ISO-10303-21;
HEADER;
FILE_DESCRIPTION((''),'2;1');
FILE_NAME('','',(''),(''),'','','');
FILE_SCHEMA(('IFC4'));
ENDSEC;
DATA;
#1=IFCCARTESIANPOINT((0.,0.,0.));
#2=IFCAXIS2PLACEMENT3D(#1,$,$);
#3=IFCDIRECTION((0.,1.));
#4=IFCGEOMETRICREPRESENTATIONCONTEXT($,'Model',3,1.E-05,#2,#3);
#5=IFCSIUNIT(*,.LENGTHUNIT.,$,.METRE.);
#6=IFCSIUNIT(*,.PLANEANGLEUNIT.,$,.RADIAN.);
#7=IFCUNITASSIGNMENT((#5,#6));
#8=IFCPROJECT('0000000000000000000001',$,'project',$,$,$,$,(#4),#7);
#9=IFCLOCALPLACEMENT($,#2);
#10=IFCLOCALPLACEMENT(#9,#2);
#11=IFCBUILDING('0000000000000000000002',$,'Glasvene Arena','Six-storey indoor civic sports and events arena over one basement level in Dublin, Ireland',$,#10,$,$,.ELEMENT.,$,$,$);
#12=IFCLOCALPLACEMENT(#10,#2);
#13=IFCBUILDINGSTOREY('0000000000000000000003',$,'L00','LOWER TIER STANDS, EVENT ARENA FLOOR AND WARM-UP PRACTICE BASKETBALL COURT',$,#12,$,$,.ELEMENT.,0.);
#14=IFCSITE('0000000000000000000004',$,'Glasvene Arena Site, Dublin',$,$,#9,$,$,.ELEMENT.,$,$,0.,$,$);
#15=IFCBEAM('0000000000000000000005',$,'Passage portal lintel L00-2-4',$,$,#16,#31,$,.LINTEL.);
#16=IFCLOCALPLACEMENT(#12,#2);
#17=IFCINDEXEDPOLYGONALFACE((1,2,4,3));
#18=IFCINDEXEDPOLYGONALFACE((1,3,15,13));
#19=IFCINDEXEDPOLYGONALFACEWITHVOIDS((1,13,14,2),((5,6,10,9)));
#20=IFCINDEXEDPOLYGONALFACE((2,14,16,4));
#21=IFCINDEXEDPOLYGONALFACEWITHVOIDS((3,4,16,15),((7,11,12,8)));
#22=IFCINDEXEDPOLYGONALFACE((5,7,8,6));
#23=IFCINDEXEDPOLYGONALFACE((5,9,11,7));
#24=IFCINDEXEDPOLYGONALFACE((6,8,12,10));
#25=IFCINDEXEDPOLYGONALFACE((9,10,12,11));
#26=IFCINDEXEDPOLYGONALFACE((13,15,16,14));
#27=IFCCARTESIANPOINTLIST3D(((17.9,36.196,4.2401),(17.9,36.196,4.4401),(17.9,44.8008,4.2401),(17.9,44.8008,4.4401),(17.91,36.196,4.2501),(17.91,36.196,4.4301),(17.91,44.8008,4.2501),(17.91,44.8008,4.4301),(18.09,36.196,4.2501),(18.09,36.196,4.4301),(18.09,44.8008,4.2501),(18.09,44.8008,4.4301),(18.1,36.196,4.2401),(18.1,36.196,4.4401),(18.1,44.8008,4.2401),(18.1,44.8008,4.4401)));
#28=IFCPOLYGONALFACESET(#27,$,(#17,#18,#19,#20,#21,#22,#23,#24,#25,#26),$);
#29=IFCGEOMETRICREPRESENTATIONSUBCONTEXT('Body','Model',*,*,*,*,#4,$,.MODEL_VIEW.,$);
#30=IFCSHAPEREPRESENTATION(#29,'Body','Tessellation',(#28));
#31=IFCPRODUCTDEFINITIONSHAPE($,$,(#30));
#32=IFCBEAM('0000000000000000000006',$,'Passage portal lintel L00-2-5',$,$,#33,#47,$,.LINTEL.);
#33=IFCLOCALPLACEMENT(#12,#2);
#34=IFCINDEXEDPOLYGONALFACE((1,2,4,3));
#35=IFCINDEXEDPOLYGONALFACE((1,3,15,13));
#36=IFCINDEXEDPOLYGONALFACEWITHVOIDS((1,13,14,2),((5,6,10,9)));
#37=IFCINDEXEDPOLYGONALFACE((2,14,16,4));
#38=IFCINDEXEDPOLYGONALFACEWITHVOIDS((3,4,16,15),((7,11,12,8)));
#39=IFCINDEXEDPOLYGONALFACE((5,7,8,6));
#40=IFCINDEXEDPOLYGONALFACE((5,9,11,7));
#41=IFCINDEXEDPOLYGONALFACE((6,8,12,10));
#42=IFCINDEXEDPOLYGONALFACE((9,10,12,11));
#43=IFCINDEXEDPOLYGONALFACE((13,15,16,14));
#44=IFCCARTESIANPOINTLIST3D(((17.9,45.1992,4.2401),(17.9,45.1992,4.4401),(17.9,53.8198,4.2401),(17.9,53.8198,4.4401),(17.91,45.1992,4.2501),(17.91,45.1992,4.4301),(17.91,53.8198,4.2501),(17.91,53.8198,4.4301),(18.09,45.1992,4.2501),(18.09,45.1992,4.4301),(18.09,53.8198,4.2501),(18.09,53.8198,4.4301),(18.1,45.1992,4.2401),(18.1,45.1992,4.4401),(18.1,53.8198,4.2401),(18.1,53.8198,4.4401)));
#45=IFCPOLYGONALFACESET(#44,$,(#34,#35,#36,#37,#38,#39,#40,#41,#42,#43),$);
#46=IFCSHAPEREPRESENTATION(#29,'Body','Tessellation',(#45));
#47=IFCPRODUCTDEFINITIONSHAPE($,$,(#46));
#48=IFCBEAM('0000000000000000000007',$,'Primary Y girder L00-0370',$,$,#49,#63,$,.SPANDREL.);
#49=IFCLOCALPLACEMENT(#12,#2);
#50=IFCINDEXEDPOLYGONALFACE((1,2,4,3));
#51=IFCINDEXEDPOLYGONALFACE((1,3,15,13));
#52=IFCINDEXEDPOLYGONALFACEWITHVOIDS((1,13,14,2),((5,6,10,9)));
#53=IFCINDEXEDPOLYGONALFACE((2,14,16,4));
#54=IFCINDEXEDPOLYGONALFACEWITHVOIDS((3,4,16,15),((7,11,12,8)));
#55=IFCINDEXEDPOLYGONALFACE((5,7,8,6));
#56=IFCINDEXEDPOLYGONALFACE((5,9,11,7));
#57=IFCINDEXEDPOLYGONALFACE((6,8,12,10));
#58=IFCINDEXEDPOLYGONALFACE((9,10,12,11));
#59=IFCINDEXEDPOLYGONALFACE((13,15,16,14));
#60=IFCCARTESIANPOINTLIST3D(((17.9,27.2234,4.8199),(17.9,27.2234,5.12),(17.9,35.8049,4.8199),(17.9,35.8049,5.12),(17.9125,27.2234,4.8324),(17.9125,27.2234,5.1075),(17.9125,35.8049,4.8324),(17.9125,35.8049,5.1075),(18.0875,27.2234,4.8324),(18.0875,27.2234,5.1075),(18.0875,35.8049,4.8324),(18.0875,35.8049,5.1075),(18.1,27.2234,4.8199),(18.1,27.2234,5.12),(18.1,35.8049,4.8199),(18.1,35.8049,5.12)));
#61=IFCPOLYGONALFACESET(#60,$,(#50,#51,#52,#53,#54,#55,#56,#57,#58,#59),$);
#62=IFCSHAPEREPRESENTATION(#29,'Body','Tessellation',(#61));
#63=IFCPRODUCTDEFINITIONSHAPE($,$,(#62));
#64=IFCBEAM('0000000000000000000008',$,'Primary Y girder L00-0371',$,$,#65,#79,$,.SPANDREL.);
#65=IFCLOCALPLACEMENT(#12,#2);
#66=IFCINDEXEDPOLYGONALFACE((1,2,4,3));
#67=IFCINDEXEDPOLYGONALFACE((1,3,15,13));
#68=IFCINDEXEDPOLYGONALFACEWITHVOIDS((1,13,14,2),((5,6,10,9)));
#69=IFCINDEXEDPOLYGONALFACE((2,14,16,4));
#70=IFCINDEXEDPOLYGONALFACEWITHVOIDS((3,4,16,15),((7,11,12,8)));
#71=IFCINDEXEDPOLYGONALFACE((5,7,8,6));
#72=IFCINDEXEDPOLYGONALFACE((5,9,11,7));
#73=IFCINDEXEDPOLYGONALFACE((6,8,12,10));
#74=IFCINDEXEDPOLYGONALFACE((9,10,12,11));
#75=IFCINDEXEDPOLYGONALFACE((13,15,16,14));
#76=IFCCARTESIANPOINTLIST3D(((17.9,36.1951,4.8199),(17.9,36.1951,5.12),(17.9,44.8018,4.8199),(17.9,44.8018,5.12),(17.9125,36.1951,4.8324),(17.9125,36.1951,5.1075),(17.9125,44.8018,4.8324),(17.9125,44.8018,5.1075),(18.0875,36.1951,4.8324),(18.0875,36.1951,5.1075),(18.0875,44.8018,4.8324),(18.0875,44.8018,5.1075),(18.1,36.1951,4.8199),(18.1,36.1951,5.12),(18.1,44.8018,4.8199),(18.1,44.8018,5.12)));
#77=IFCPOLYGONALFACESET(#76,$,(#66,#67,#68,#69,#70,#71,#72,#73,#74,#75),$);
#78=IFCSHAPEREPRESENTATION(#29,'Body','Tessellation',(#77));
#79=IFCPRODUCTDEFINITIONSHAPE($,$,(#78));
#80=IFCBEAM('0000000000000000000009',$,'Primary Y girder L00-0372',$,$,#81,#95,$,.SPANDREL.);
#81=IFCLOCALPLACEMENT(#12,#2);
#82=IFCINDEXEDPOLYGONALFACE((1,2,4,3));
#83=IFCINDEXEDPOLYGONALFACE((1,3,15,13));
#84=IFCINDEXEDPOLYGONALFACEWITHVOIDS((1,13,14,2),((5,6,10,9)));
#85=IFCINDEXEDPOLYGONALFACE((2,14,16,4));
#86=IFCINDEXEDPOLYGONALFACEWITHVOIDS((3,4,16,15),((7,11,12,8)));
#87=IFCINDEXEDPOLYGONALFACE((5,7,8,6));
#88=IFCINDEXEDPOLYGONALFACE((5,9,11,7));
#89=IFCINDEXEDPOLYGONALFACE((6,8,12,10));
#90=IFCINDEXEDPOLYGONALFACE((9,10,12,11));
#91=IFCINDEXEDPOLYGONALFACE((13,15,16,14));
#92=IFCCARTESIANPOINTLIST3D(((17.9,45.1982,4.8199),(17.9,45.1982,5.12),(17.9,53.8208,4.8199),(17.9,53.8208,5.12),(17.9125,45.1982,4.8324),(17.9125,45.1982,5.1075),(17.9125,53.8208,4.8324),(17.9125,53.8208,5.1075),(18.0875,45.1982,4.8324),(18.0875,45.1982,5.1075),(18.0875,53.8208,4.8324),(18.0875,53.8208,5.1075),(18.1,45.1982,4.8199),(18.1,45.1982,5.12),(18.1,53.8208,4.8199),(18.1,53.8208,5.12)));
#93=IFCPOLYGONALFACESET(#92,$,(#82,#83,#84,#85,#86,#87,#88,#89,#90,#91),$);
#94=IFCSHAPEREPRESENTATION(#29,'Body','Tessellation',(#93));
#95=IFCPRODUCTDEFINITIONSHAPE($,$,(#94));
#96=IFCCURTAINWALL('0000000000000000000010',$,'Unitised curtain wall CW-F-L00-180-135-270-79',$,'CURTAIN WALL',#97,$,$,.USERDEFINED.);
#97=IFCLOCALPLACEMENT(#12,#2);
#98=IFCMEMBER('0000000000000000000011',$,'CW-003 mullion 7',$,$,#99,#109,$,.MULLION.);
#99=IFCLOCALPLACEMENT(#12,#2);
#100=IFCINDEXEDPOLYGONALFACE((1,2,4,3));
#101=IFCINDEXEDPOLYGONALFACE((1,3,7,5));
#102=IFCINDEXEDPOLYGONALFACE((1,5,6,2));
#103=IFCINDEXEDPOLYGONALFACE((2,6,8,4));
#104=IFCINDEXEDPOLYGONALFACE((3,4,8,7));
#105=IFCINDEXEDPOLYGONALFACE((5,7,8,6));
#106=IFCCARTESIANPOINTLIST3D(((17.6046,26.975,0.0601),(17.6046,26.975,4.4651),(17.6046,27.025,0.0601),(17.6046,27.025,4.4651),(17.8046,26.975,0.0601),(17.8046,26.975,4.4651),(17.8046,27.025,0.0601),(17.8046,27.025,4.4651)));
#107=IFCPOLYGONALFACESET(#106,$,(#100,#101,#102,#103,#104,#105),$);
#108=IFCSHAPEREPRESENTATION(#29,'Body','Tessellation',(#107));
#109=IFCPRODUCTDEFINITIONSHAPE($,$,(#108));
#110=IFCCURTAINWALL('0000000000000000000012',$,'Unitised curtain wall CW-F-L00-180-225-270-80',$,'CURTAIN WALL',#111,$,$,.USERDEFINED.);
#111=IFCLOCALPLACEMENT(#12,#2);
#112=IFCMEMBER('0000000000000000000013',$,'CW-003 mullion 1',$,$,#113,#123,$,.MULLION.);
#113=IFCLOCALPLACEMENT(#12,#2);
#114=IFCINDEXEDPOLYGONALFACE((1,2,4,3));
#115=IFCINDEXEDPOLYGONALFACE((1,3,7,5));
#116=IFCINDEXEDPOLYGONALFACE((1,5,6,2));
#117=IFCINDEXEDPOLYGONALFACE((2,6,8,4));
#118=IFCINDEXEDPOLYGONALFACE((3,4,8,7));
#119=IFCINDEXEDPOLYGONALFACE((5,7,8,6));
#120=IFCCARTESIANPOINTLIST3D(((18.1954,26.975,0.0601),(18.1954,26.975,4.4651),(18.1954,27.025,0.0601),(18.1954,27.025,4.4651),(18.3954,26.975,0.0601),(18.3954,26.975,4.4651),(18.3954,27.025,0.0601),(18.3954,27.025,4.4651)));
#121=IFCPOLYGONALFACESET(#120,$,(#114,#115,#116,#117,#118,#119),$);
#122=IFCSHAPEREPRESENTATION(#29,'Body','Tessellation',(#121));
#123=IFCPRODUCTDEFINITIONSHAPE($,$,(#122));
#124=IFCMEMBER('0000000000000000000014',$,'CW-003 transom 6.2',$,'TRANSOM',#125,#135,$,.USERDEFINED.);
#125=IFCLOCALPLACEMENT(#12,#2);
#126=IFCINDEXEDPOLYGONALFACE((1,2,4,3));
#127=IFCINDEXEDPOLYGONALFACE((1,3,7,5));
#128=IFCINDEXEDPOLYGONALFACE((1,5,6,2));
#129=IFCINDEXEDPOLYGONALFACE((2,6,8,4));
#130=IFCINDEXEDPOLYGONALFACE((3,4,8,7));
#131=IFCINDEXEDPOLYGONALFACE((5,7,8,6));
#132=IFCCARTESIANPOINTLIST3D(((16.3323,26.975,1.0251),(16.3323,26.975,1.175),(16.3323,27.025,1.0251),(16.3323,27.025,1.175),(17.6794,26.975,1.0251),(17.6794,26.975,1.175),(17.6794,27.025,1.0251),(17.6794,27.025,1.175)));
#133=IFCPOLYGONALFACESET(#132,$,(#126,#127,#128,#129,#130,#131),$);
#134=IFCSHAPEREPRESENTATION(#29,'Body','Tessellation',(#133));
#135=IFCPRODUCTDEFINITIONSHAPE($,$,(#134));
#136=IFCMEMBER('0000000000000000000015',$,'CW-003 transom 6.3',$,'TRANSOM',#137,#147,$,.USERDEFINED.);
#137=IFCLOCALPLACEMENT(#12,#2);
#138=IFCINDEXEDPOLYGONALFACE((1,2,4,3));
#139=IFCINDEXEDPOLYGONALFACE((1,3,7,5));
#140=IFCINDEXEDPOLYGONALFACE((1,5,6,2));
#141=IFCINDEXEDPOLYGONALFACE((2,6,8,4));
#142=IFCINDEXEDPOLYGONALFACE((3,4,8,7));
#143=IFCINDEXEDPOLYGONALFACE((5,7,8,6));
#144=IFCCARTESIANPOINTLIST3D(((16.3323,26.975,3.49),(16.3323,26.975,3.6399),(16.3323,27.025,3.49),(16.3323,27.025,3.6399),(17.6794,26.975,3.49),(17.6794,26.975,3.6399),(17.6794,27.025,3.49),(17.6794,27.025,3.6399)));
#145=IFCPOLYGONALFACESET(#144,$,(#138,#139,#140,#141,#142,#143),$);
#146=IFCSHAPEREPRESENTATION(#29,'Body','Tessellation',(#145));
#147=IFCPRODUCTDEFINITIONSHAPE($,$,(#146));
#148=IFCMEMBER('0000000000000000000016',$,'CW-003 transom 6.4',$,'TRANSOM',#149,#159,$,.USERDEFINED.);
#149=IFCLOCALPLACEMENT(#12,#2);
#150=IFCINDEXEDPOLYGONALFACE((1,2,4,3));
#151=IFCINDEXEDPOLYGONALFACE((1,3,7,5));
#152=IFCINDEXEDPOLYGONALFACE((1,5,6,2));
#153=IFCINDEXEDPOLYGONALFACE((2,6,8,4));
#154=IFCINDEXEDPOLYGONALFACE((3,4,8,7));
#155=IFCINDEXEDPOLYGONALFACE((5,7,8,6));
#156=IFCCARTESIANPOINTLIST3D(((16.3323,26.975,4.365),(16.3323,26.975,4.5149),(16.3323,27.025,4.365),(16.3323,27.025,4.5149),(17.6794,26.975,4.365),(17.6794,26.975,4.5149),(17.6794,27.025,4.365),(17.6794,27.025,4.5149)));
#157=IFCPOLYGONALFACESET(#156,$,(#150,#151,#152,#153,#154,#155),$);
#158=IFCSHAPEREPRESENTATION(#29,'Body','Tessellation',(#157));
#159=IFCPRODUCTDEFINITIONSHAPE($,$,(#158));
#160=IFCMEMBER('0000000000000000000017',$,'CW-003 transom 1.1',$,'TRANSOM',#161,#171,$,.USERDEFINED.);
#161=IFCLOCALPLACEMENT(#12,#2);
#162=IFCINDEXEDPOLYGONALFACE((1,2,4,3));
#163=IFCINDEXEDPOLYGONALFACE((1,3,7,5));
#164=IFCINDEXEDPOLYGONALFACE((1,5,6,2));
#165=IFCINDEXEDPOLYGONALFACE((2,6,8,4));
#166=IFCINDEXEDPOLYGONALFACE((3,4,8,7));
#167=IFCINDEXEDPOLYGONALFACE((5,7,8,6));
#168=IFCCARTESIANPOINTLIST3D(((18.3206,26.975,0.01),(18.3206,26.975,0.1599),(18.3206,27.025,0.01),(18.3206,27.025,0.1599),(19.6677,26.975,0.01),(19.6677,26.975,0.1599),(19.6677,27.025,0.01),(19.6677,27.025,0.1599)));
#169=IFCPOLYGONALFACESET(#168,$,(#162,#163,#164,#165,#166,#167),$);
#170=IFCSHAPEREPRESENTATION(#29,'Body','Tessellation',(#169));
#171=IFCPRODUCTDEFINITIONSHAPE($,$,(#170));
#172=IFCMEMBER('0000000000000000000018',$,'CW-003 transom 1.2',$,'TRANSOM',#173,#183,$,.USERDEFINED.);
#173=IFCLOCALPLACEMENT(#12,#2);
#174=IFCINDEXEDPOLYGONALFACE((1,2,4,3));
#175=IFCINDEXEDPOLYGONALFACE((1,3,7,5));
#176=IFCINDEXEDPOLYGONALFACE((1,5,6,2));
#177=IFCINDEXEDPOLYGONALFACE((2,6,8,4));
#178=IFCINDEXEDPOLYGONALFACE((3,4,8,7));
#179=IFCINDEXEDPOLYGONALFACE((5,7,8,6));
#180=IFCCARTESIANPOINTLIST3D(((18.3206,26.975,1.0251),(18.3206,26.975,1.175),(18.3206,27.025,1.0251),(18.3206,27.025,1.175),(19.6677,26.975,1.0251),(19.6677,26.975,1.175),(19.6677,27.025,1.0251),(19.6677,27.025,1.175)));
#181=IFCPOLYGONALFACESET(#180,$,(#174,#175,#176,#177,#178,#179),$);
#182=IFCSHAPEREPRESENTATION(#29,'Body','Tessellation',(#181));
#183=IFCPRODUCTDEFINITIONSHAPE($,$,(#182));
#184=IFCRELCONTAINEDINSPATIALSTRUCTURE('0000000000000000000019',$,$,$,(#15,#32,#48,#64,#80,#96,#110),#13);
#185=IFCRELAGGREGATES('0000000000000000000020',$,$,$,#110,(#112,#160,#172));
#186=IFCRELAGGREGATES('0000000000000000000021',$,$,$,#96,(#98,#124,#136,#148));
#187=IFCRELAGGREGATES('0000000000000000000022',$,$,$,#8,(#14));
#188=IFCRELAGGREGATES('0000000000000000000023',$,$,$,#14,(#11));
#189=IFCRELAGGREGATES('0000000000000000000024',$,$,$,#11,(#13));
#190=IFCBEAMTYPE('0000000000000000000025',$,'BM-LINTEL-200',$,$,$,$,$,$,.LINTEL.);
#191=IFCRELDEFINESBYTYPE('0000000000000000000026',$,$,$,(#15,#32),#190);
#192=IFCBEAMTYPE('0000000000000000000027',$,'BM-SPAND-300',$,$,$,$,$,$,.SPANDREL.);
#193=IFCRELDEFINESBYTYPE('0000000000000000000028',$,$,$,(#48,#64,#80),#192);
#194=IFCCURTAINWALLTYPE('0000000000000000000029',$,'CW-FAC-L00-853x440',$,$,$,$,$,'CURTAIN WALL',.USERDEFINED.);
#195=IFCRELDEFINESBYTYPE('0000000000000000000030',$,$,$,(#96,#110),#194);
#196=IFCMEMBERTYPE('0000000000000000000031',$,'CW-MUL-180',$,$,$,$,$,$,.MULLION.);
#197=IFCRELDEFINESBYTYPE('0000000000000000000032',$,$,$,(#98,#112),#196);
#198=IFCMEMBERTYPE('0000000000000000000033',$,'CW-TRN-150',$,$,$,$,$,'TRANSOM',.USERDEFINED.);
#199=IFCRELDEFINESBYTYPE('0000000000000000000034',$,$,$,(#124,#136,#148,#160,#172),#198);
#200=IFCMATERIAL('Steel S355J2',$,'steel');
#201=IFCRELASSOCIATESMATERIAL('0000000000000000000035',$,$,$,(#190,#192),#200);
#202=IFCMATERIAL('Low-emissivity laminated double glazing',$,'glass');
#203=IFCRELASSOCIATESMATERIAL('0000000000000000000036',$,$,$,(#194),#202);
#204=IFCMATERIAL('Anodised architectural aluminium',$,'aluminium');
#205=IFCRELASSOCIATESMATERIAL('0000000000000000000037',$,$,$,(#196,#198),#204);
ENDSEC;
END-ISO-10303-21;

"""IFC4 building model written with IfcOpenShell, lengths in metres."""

from ifc_helpers import new_model, si_unit, direction, frame, origin, origin_2d, place, context, subcontext, project, spatial, rectangle, hollow_rectangle, extrude, material, material_profile, profile_set, type_object, element, aggregate, save


model = new_model("IFC4")

# Units and contexts
model_context = context("Model", 3, precision=1e-05, world=origin(), true_north=direction((0.0, 1.0)))
body_context = subcontext(model_context, "Body", "Model", "MODEL_VIEW")
ifc_project = project(units=[si_unit("LENGTHUNIT", "METRE"), si_unit("PLANEANGLEUNIT", "RADIAN")], contexts=[model_context])

# Site, building, storey
site_placement = place(None, origin())
site = spatial("IfcSite", under=ifc_project, at=site_placement, Name="Glasvene Arena Site, Dublin", CompositionType="ELEMENT", RefElevation=0.0)
building_placement = place(site_placement, origin())
building = spatial("IfcBuilding", under=site, at=building_placement, Name="Glasvene Arena", Description="Six-storey indoor civic sports and events arena over one basement level in Dublin, Ireland", CompositionType="ELEMENT")
storey_placement = place(building_placement, origin())
storey = spatial("IfcBuildingStorey", under=building, at=storey_placement, Name="L00", Description="LOWER TIER STANDS, EVENT ARENA FLOOR AND WARM-UP PRACTICE BASKETBALL COURT", CompositionType="ELEMENT", Elevation=0.0)

# Shared definitions
ifc_material_1 = material(Name="Steel S355J2", Category="steel")

# Beams
ifc_material_profile_1 = material_profile(ifc_material_1, hollow_rectangle(XDim=0.2, YDim=0.2, WallThickness=0.01, at=origin_2d()), Name="SHS 200x200x10.0")
ifc_profile_set_1 = profile_set([ifc_material_profile_1], Name="Steel S355J2")
beam_type_1 = type_object("IfcBeamType", Name="BM-LINTEL-200", PredefinedType="LINTEL", material=ifc_profile_set_1)
beam_1_placement = place(storey_placement, frame((18.0, 36.196, 4.3401), z_axis=(0.0, 1.0, 0.0), x_axis=(-1.0, 0.0, 0.0)))
element("IfcBeam", 1, at=beam_1_placement, inside=storey, type_object=beam_type_1, Name="Passage portal lintel L00-2-4", PredefinedType="LINTEL", context=body_context, shape_type="SweptSolid", body=[
    extrude(hollow_rectangle(XDim=0.2, YDim=0.2, WallThickness=0.01, at=origin_2d()), origin(), (0.0, 0.0, 1.0), 8.6047),
])
beam_2_placement = place(storey_placement, frame((18.0, 45.1992, 4.3401), z_axis=(0.0, 1.0, 0.0), x_axis=(-1.0, 0.0, 0.0)))
element("IfcBeam", 2, at=beam_2_placement, inside=storey, type_object=beam_type_1, Name="Passage portal lintel L00-2-5", PredefinedType="LINTEL", context=body_context, shape_type="SweptSolid", body=[
    extrude(hollow_rectangle(XDim=0.2, YDim=0.2, WallThickness=0.01, at=origin_2d()), origin(), (0.0, 0.0, 1.0), 8.6206),
])
ifc_material_profile_2 = material_profile(ifc_material_1, hollow_rectangle(XDim=0.2, YDim=0.3, WallThickness=0.0125, at=origin_2d()), Name="RHS 300x200x12.5")
ifc_profile_set_2 = profile_set([ifc_material_profile_2], Name="Steel S355J2")
beam_type_2 = type_object("IfcBeamType", Name="BM-SPAND-300", PredefinedType="SPANDREL", material=ifc_profile_set_2)
beam_3_placement = place(storey_placement, frame((18.0, 27.2234, 4.97), z_axis=(0.0, 1.0, 0.0), x_axis=(-1.0, 0.0, 0.0)))
element("IfcBeam", 3, at=beam_3_placement, inside=storey, type_object=beam_type_2, Name="Primary Y girder L00-0370", PredefinedType="SPANDREL", context=body_context, shape_type="SweptSolid", body=[
    extrude(hollow_rectangle(XDim=0.2, YDim=0.3, WallThickness=0.0125, at=origin_2d()), origin(), (0.0, 0.0, 1.0), 8.5815),
])
beam_4_placement = place(storey_placement, frame((18.0, 36.1951, 4.97), z_axis=(0.0, 1.0, 0.0), x_axis=(-1.0, 0.0, 0.0)))
element("IfcBeam", 4, at=beam_4_placement, inside=storey, type_object=beam_type_2, Name="Primary Y girder L00-0371", PredefinedType="SPANDREL", context=body_context, shape_type="SweptSolid", body=[
    extrude(hollow_rectangle(XDim=0.2, YDim=0.3, WallThickness=0.0125, at=origin_2d()), origin(), (0.0, 0.0, 1.0), 8.6067),
])
beam_5_placement = place(storey_placement, frame((18.0, 45.1982, 4.97), z_axis=(0.0, 1.0, 0.0), x_axis=(-1.0, 0.0, 0.0)))
element("IfcBeam", 5, at=beam_5_placement, inside=storey, type_object=beam_type_2, Name="Primary Y girder L00-0372", PredefinedType="SPANDREL", context=body_context, shape_type="SweptSolid", body=[
    extrude(hollow_rectangle(XDim=0.2, YDim=0.3, WallThickness=0.0125, at=origin_2d()), origin(), (0.0, 0.0, 1.0), 8.6226),
])

# Curtain walls, members
ifc_material_2 = material(Name="Low-emissivity laminated double glazing", Category="glass")
curtain_wall_type = type_object("IfcCurtainWallType", Name="CW-FAC-L00-853x440", ElementType="CURTAIN WALL", PredefinedType="USERDEFINED", material=ifc_material_2)
curtain_wall_1_placement = place(storey_placement, frame((9.1965, 27.0, 0.0)))
curtain_wall_1 = element("IfcCurtainWall", 6, at=curtain_wall_1_placement, inside=storey, type_object=curtain_wall_type, Name="Unitised curtain wall CW-F-L00-180-135-270-79", ObjectType="CURTAIN WALL", PredefinedType="USERDEFINED")
ifc_material_3 = material(Name="Anodised architectural aluminium", Category="aluminium")
ifc_material_profile_3 = material_profile(ifc_material_3, rectangle(XDim=0.05, YDim=0.2, at=origin_2d()), Name="ALU MULLION 50x200")
ifc_profile_set_3 = profile_set([ifc_material_profile_3], Name="Anodised architectural aluminium")
member_type_1 = type_object("IfcMemberType", Name="CW-MUL-180", PredefinedType="MULLION", material=ifc_profile_set_3)
member_1_placement = place(storey_placement, frame((17.7046, 27.0, 0.0601), z_axis=(0.0, 0.0, 1.0), x_axis=(0.0, 1.0, 0.0)))
member_1 = element("IfcMember", 7, at=member_1_placement, type_object=member_type_1, Name="CW-003 mullion 7", PredefinedType="MULLION", context=body_context, shape_type="SweptSolid", body=[
    extrude(rectangle(XDim=0.05, YDim=0.2, at=origin_2d()), origin(), (0.0, 0.0, 1.0), 4.405),
])
curtain_wall_2_placement = place(storey_placement, frame((18.2705, 27.0, 0.0)))
curtain_wall_2 = element("IfcCurtainWall", 8, at=curtain_wall_2_placement, inside=storey, type_object=curtain_wall_type, Name="Unitised curtain wall CW-F-L00-180-225-270-80", ObjectType="CURTAIN WALL", PredefinedType="USERDEFINED")
member_2_placement = place(storey_placement, frame((18.2954, 27.0, 0.0601), z_axis=(0.0, 0.0, 1.0), x_axis=(0.0, 1.0, 0.0)))
member_2 = element("IfcMember", 9, at=member_2_placement, type_object=member_type_1, Name="CW-003 mullion 1", PredefinedType="MULLION", context=body_context, shape_type="SweptSolid", body=[
    extrude(rectangle(XDim=0.05, YDim=0.2, at=origin_2d()), origin(), (0.0, 0.0, 1.0), 4.405),
])

# Members
ifc_material_profile_4 = material_profile(ifc_material_3, rectangle(XDim=0.05, YDim=0.1499, at=origin_2d()), Name="ALU TRANSOM 50x150")
ifc_profile_set_4 = profile_set([ifc_material_profile_4], Name="Anodised architectural aluminium")
member_type_2 = type_object("IfcMemberType", Name="CW-TRN-150", ElementType="TRANSOM", PredefinedType="USERDEFINED", material=ifc_profile_set_4)
member_3_placement = place(storey_placement, frame((16.3323, 27.0, 1.1001), z_axis=(1.0, 0.0, 0.0), x_axis=(0.0, 1.0, 0.0)))
member_3 = element("IfcMember", 10, at=member_3_placement, type_object=member_type_2, Name="CW-003 transom 6.2", ObjectType="TRANSOM", PredefinedType="USERDEFINED", context=body_context, shape_type="SweptSolid", body=[
    extrude(rectangle(XDim=0.05, YDim=0.1499, at=origin_2d()), origin(), (0.0, 0.0, 1.0), 1.3472),
])
member_4_placement = place(storey_placement, frame((16.3323, 27.0, 3.5649), z_axis=(1.0, 0.0, 0.0), x_axis=(0.0, 1.0, 0.0)))
member_4 = element("IfcMember", 11, at=member_4_placement, type_object=member_type_2, Name="CW-003 transom 6.3", ObjectType="TRANSOM", PredefinedType="USERDEFINED", context=body_context, shape_type="SweptSolid", body=[
    extrude(rectangle(XDim=0.05, YDim=0.1499, at=origin_2d()), origin(), (0.0, 0.0, 1.0), 1.3472),
])
member_5_placement = place(storey_placement, frame((16.3323, 27.0, 4.4399), z_axis=(1.0, 0.0, 0.0), x_axis=(0.0, 1.0, 0.0)))
member_5 = element("IfcMember", 12, at=member_5_placement, type_object=member_type_2, Name="CW-003 transom 6.4", ObjectType="TRANSOM", PredefinedType="USERDEFINED", context=body_context, shape_type="SweptSolid", body=[
    extrude(rectangle(XDim=0.05, YDim=0.1499, at=origin_2d()), origin(), (0.0, 0.0, 1.0), 1.3472),
])
member_6_placement = place(storey_placement, frame((18.3206, 27.0, 0.085), z_axis=(1.0, 0.0, 0.0), x_axis=(0.0, 1.0, 0.0)))
member_6 = element("IfcMember", 13, at=member_6_placement, type_object=member_type_2, Name="CW-003 transom 1.1", ObjectType="TRANSOM", PredefinedType="USERDEFINED", context=body_context, shape_type="SweptSolid", body=[
    extrude(rectangle(XDim=0.05, YDim=0.1499, at=origin_2d()), origin(), (0.0, 0.0, 1.0), 1.3472),
])
member_7_placement = place(storey_placement, frame((18.3206, 27.0, 1.1001), z_axis=(1.0, 0.0, 0.0), x_axis=(0.0, 1.0, 0.0)))
member_7 = element("IfcMember", 14, at=member_7_placement, type_object=member_type_2, Name="CW-003 transom 1.2", ObjectType="TRANSOM", PredefinedType="USERDEFINED", context=body_context, shape_type="SweptSolid", body=[
    extrude(rectangle(XDim=0.05, YDim=0.1499, at=origin_2d()), origin(), (0.0, 0.0, 1.0), 1.3472),
])
aggregate(curtain_wall_2, [member_2, member_6, member_7])

aggregate(curtain_wall_1, [member_1, member_3, member_4, member_5])

save(model, "model.ifc")
